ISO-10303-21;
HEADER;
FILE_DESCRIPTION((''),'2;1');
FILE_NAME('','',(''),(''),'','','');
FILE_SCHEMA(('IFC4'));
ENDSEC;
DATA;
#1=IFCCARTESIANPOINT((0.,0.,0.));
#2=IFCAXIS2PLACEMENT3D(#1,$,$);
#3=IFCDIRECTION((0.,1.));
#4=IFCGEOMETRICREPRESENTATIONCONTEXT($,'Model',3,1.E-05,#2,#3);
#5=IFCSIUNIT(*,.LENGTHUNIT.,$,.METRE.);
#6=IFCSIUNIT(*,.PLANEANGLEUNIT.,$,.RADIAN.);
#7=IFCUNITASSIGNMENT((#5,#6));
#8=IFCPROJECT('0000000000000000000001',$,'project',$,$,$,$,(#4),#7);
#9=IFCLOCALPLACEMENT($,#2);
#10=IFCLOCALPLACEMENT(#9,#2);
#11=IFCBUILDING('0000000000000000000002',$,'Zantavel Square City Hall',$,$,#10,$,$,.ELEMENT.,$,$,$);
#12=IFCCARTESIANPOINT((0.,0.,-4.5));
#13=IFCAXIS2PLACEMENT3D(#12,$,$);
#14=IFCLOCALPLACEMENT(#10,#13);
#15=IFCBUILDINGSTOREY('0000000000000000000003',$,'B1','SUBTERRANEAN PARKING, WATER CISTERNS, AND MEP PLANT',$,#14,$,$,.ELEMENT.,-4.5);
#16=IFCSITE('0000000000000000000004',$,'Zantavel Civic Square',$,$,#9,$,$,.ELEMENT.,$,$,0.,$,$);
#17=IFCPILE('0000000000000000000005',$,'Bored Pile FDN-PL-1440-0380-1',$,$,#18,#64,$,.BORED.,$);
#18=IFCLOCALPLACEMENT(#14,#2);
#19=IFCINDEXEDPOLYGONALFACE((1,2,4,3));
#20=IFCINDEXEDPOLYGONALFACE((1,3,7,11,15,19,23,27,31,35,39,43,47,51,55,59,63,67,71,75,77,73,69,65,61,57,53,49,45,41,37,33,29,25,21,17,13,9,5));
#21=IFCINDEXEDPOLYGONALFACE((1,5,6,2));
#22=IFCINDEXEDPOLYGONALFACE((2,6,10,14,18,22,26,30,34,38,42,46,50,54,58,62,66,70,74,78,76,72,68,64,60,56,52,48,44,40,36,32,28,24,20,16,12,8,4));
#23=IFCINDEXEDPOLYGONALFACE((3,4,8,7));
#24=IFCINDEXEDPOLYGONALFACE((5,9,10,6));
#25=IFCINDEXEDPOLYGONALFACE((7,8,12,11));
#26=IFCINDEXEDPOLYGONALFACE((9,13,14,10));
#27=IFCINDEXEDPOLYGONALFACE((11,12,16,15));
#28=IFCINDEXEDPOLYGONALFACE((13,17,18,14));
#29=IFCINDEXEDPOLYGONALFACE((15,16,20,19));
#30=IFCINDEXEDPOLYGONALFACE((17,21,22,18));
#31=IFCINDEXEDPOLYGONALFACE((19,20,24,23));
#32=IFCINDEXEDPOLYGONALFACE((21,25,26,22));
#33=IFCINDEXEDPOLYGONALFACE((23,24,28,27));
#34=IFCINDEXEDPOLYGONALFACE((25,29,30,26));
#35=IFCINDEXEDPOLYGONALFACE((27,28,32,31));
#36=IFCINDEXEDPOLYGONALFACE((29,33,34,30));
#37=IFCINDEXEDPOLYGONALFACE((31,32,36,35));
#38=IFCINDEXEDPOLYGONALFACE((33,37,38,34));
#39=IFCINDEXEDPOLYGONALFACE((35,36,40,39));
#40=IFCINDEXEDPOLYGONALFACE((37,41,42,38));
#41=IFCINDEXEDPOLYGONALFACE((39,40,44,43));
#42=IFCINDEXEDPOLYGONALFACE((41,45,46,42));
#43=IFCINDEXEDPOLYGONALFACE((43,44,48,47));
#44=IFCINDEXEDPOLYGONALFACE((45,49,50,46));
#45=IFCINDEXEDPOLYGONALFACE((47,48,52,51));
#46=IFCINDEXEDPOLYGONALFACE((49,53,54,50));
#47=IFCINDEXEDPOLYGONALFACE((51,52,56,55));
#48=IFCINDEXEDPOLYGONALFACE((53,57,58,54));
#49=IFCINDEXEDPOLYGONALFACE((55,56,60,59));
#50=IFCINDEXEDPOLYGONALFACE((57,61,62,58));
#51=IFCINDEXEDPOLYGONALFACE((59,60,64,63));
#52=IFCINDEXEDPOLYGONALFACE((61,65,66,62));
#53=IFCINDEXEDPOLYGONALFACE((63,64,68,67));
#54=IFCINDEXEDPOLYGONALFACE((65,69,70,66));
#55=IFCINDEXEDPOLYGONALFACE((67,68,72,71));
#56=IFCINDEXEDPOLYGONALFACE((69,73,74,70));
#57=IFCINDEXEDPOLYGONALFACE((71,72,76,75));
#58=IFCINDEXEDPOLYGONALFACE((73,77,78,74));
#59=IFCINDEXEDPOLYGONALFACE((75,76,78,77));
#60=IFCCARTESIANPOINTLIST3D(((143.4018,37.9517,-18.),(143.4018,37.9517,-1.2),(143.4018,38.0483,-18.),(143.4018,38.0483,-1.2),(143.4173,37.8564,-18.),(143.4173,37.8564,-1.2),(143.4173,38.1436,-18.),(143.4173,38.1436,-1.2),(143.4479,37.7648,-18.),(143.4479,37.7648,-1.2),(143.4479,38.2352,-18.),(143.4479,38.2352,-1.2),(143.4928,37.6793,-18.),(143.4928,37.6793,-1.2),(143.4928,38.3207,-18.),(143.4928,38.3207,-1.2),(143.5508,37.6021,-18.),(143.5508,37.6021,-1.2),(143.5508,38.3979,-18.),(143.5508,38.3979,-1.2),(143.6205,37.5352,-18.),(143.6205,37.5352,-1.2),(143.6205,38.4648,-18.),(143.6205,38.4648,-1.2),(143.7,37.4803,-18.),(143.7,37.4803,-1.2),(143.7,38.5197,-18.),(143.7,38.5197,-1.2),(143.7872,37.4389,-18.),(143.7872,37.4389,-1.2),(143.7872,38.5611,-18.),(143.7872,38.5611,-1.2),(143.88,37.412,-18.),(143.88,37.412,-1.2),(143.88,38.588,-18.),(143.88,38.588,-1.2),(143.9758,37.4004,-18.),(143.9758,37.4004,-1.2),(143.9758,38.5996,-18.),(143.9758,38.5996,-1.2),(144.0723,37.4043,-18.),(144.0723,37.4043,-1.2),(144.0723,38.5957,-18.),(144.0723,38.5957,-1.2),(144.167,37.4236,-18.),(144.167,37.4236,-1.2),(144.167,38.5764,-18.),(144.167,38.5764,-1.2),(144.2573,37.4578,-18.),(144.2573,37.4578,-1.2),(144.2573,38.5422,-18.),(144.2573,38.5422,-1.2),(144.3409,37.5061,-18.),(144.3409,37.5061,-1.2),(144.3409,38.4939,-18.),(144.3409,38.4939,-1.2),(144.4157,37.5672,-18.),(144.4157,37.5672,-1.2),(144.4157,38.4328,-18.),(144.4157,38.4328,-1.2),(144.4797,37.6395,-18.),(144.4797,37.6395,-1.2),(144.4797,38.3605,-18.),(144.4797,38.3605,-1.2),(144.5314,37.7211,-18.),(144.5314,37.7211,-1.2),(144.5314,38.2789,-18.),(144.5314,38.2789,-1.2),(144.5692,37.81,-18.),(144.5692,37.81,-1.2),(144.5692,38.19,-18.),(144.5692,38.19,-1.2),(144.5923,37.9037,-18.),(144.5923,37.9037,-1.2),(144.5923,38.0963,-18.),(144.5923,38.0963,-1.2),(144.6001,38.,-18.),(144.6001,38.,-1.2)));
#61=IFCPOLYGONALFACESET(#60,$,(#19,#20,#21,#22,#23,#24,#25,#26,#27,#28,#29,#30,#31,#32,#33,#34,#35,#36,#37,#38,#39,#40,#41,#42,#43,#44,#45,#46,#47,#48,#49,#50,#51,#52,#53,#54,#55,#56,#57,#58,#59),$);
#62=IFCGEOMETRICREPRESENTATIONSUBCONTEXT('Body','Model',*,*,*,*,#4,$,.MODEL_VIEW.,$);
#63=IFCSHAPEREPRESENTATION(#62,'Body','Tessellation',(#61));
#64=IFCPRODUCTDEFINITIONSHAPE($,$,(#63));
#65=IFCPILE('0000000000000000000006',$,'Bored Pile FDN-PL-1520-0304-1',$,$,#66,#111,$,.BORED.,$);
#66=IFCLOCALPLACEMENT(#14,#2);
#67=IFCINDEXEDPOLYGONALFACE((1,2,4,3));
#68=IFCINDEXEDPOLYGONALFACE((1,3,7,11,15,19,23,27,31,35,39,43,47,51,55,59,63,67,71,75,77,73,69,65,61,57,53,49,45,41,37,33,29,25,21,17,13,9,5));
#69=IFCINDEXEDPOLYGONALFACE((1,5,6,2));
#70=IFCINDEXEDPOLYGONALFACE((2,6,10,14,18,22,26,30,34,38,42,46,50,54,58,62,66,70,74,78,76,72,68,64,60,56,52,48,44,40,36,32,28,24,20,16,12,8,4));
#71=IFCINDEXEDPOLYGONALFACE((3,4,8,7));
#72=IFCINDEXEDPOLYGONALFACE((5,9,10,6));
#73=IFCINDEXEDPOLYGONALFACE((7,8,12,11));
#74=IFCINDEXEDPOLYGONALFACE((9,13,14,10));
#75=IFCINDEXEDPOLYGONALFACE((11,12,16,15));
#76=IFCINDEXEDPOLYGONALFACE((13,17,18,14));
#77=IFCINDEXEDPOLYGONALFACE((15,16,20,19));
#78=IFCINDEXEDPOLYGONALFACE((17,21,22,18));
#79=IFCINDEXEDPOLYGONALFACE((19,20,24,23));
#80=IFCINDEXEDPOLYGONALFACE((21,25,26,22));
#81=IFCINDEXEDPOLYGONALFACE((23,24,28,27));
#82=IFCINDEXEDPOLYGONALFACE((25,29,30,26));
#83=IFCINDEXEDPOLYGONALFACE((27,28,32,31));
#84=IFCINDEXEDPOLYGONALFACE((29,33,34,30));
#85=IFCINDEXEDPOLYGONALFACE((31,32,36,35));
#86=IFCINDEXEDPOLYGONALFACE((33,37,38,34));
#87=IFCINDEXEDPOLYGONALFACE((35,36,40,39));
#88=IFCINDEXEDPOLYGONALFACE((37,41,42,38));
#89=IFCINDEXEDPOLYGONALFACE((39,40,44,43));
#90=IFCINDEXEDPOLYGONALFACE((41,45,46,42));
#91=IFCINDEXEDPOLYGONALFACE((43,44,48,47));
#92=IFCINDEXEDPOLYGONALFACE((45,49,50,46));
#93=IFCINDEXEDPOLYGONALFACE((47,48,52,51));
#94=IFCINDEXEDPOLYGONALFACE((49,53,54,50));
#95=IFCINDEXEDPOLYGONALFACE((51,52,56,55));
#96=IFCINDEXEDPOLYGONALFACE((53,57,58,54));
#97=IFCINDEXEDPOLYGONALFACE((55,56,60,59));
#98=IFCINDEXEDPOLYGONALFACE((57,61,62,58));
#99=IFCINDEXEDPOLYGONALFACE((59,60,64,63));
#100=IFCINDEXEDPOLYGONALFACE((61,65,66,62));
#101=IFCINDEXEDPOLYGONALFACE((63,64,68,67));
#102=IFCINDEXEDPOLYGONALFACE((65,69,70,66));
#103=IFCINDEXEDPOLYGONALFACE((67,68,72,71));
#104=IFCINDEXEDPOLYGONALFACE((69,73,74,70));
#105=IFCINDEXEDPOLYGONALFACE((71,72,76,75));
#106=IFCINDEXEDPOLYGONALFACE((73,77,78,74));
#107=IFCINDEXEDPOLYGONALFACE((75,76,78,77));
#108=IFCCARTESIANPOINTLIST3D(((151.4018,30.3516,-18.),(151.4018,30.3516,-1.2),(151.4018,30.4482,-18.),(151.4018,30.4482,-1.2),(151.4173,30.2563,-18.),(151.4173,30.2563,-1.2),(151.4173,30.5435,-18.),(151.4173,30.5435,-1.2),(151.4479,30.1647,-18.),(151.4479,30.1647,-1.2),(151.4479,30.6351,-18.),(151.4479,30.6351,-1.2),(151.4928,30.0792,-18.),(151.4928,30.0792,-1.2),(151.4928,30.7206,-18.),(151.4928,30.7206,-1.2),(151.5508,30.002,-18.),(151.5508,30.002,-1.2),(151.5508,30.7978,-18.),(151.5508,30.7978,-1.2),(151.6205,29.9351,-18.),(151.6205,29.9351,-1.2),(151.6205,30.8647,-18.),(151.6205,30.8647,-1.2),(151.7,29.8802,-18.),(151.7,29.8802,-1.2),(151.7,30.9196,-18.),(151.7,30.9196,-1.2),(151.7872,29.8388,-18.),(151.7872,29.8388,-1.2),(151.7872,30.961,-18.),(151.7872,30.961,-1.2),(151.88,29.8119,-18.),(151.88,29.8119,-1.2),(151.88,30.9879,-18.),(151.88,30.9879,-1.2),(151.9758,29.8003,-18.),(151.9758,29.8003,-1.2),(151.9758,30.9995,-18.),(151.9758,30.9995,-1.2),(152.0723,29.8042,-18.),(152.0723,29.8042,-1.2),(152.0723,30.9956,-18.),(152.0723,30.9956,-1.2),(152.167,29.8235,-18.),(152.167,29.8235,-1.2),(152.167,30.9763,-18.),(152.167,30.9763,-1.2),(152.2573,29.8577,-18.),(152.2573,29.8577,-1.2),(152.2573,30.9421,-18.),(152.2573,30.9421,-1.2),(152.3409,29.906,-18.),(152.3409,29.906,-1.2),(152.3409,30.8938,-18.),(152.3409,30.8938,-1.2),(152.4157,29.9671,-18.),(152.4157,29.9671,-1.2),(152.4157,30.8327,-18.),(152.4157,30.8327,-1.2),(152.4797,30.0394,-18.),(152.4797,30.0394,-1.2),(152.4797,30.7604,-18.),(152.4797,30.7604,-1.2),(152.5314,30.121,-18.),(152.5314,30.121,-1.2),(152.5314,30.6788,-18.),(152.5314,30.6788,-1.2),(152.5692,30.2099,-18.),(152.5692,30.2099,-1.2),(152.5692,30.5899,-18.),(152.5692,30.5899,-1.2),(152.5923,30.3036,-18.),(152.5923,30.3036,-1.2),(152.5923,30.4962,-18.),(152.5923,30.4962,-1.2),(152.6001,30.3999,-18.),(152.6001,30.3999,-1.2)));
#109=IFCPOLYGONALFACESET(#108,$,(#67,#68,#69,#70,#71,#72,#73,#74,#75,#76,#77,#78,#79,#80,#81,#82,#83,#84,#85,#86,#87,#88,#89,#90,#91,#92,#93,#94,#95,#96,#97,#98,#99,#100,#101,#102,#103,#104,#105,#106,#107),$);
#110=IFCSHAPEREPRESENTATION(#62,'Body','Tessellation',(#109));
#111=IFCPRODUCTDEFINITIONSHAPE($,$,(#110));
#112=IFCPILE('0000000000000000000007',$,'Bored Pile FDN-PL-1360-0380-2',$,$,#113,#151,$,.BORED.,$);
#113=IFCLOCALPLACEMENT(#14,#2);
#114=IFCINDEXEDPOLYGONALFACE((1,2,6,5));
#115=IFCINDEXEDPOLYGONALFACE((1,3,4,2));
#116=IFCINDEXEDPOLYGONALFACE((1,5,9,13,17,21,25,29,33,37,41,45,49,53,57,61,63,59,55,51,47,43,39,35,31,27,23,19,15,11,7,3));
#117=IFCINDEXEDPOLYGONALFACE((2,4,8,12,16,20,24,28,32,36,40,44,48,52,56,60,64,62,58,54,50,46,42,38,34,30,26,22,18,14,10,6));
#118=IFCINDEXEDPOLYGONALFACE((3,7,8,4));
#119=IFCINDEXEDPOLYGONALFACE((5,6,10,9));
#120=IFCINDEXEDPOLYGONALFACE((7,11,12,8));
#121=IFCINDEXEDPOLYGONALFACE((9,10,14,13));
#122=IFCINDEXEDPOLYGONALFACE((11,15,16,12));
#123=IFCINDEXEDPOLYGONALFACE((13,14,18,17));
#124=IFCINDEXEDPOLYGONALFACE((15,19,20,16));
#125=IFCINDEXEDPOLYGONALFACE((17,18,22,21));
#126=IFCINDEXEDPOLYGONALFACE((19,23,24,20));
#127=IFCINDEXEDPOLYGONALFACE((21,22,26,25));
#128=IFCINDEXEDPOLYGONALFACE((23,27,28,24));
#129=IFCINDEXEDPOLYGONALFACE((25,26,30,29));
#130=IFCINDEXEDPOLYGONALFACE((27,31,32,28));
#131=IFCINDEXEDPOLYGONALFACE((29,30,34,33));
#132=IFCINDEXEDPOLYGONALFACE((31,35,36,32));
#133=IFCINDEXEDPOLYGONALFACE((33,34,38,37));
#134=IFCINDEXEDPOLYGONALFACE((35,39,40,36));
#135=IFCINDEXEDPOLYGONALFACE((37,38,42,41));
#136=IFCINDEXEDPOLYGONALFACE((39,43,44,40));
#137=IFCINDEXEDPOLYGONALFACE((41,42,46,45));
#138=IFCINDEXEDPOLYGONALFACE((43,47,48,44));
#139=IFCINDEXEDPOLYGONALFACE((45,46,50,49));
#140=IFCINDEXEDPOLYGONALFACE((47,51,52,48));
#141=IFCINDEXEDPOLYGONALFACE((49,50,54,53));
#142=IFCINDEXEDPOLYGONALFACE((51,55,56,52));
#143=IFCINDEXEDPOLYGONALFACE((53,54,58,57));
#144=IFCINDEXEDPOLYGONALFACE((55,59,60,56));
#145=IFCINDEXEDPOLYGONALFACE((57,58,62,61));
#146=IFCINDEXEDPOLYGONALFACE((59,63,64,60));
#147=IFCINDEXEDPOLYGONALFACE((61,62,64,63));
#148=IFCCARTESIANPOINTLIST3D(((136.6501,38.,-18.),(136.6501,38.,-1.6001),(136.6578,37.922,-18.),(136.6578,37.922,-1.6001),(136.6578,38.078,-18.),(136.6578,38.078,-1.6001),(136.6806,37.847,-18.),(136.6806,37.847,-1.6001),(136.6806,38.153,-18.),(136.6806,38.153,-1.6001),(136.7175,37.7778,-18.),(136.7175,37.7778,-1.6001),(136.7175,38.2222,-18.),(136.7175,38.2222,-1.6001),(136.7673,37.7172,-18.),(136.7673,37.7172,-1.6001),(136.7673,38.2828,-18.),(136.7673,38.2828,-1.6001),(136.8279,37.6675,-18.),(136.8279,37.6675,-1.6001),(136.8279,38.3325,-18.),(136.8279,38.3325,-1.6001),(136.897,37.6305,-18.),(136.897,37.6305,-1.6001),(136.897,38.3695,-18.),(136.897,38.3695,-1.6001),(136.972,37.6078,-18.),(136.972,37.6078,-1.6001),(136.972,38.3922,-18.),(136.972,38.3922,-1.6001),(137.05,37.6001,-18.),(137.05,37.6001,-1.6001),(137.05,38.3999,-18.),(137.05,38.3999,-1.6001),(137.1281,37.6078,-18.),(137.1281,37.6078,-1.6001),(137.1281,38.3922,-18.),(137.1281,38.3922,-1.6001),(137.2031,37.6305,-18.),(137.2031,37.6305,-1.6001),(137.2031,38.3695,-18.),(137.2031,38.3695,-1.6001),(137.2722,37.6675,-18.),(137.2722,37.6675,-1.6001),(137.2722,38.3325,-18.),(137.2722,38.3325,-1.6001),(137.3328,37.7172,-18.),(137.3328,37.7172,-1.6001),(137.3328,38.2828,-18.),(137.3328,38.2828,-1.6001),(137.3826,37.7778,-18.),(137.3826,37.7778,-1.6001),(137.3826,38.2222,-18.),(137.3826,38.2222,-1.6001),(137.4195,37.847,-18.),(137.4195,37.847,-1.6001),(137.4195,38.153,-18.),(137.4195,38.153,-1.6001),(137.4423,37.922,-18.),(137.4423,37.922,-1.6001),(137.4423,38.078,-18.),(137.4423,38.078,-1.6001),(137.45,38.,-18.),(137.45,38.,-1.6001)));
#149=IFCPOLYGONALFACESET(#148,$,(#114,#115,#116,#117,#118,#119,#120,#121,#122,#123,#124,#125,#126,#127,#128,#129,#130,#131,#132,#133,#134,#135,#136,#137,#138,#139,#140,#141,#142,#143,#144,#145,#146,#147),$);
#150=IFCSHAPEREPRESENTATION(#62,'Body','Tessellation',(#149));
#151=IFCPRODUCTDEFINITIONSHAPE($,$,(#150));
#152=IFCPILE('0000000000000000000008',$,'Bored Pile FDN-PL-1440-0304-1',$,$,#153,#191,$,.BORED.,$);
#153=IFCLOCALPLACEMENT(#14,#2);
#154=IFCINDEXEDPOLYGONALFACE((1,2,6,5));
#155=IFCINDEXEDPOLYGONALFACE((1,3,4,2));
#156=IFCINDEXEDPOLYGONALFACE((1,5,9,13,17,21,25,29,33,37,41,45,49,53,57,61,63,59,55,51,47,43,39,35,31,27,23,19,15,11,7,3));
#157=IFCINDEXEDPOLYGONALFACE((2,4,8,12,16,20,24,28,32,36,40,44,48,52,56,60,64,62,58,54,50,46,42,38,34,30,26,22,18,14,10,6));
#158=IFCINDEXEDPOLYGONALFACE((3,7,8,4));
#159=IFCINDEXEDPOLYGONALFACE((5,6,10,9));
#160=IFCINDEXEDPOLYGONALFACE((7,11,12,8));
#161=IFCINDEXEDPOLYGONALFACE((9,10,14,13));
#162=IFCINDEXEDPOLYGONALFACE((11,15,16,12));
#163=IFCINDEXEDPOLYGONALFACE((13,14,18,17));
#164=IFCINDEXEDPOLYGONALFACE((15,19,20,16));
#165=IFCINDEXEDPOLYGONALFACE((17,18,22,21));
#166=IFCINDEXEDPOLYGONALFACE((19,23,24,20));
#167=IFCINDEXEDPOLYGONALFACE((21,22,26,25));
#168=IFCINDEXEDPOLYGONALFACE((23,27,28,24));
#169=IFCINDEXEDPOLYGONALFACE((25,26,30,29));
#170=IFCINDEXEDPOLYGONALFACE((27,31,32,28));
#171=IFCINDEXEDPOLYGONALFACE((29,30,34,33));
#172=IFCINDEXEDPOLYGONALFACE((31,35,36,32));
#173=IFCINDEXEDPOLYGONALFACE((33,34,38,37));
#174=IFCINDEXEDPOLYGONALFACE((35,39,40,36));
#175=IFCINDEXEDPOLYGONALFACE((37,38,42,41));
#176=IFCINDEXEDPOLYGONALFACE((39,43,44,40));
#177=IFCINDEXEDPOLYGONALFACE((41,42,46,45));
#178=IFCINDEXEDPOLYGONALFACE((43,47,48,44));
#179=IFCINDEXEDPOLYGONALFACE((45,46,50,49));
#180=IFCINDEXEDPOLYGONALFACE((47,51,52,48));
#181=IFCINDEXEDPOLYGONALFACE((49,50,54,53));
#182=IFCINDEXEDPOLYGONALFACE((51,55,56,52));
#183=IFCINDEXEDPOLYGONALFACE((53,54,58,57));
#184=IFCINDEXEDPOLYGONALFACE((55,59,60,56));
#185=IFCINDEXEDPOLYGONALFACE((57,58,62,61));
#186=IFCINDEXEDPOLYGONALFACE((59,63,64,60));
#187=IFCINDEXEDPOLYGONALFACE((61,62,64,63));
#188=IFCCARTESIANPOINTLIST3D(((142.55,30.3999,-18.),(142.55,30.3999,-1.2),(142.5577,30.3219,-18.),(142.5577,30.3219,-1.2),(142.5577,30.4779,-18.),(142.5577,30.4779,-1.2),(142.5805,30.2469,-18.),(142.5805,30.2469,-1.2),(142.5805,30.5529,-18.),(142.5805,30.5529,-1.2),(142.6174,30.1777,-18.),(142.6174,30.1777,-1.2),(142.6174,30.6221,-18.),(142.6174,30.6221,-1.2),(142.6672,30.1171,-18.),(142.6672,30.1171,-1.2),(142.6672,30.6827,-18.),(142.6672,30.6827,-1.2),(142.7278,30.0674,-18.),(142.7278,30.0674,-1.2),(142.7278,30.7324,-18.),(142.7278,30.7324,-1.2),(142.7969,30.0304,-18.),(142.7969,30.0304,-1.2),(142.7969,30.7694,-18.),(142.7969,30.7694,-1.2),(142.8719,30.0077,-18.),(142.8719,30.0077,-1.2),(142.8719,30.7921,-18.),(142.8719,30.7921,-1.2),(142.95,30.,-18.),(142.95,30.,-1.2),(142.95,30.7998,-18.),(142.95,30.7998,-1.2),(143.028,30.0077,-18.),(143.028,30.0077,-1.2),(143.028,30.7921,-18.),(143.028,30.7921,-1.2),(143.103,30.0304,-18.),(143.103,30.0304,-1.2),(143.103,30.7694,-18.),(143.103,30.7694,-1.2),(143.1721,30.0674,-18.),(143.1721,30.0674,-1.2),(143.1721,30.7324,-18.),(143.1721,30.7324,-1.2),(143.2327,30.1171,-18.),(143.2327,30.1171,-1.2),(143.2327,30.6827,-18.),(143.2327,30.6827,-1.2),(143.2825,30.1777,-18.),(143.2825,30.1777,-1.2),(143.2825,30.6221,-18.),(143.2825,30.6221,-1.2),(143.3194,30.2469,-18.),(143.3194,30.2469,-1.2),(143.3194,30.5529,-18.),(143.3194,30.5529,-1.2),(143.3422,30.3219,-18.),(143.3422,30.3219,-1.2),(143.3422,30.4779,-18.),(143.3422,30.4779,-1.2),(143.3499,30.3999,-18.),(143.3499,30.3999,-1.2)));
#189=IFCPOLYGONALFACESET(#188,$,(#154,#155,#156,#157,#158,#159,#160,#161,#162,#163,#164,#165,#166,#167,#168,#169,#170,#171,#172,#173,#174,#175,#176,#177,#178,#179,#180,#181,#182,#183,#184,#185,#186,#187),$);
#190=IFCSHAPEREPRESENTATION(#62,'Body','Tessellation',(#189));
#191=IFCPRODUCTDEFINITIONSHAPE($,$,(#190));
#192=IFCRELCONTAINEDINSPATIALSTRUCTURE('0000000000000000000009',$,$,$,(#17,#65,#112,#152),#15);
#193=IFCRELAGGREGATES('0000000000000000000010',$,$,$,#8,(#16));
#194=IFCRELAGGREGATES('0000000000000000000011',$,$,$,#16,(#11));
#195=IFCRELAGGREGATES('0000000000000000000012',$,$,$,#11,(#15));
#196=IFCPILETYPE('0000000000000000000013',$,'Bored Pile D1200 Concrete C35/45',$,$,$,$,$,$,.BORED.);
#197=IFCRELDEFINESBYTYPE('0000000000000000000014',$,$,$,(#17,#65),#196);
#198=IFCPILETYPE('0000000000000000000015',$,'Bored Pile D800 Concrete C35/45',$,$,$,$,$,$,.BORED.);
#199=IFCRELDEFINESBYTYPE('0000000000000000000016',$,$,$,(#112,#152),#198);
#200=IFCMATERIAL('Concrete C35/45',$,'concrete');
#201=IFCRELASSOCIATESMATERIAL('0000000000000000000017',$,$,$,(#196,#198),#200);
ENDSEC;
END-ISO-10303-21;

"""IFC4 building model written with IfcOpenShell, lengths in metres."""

from ifc_helpers import new_model, si_unit, direction, frame, origin, origin_2d, place, context, subcontext, project, spatial, circle, extrude, material, material_profile, profile_set, type_object, element, save


model = new_model("IFC4")

# Units and contexts
model_context = context("Model", 3, precision=1e-05, world=origin(), true_north=direction((0.0, 1.0)))
body_context = subcontext(model_context, "Body", "Model", "MODEL_VIEW")
ifc_project = project(units=[si_unit("LENGTHUNIT", "METRE"), si_unit("PLANEANGLEUNIT", "RADIAN")], contexts=[model_context])

# Site, building, storey
site_placement = place(None, origin())
site = spatial("IfcSite", under=ifc_project, at=site_placement, Name="Zantavel Civic Square", CompositionType="ELEMENT", RefElevation=0.0)
building_placement = place(site_placement, origin())
building = spatial("IfcBuilding", under=site, at=building_placement, Name="Zantavel Square City Hall", CompositionType="ELEMENT")
storey_placement = place(building_placement, frame((0.0, 0.0, -4.5)))
storey = spatial("IfcBuildingStorey", under=building, at=storey_placement, Name="B1", Description="SUBTERRANEAN PARKING, WATER CISTERNS, AND MEP PLANT", CompositionType="ELEMENT", Elevation=-4.5)

# Piles
ifc_material_1 = material(Name="Concrete C35/45", Category="concrete")
ifc_material_profile_1 = material_profile(ifc_material_1, circle(Radius=0.6001, at=origin_2d()), Name="PILE D1200")
ifc_profile_set_1 = profile_set([ifc_material_profile_1], Name="Concrete C35/45")
pile_type_1 = type_object("IfcPileType", Name="Bored Pile D1200 Concrete C35/45", PredefinedType="BORED", material=ifc_profile_set_1)
for number, where, z_axis, x_axis, name in (
    (1, (144.0, 38.0, -1.2), (0.0, 0.0, -1.0), (1.0, 0.0, 0.0), "Bored Pile FDN-PL-1440-0380-1"),
    (2, (152.0, 30.3999, -1.2), (0.0, 0.0, -1.0), (1.0, 0.0, 0.0), "Bored Pile FDN-PL-1520-0304-1"),
):
    element("IfcPile", number, at=place(storey_placement, frame(where, z_axis=z_axis, x_axis=x_axis)), inside=storey, type_object=pile_type_1, Name=name, PredefinedType="BORED", context=body_context, shape_type="SweptSolid", body=[
        extrude(circle(Radius=0.6001, at=origin_2d()), origin(), (0.0, 0.0, 1.0), 16.8),
    ])
ifc_material_profile_2 = material_profile(ifc_material_1, circle(Radius=0.3999, at=origin_2d()), Name="PILE D800")
ifc_profile_set_2 = profile_set([ifc_material_profile_2], Name="Concrete C35/45")
pile_type_2 = type_object("IfcPileType", Name="Bored Pile D800 Concrete C35/45", PredefinedType="BORED", material=ifc_profile_set_2)
pile_placement = place(storey_placement, frame((137.05, 38.0, -1.6001), z_axis=(0.0, 0.0, -1.0), x_axis=(1.0, 0.0, 0.0)))
element("IfcPile", 3, at=pile_placement, inside=storey, type_object=pile_type_2, Name="Bored Pile FDN-PL-1360-0380-2", PredefinedType="BORED", context=body_context, shape_type="SweptSolid", body=[
    extrude(circle(Radius=0.3999, at=origin_2d()), origin(), (0.0, 0.0, 1.0), 16.3999),
])
for number, where, z_axis, x_axis, name in (
    (4, (142.95, 30.3999, -1.2), (0.0, 0.0, -1.0), (1.0, 0.0, 0.0), "Bored Pile FDN-PL-1440-0304-1"),
):
    element("IfcPile", number, at=place(storey_placement, frame(where, z_axis=z_axis, x_axis=x_axis)), inside=storey, type_object=pile_type_2, Name=name, PredefinedType="BORED", context=body_context, shape_type="SweptSolid", body=[
        extrude(circle(Radius=0.3999, at=origin_2d()), origin(), (0.0, 0.0, 1.0), 16.8),
    ])

save(model, "model.ifc")
